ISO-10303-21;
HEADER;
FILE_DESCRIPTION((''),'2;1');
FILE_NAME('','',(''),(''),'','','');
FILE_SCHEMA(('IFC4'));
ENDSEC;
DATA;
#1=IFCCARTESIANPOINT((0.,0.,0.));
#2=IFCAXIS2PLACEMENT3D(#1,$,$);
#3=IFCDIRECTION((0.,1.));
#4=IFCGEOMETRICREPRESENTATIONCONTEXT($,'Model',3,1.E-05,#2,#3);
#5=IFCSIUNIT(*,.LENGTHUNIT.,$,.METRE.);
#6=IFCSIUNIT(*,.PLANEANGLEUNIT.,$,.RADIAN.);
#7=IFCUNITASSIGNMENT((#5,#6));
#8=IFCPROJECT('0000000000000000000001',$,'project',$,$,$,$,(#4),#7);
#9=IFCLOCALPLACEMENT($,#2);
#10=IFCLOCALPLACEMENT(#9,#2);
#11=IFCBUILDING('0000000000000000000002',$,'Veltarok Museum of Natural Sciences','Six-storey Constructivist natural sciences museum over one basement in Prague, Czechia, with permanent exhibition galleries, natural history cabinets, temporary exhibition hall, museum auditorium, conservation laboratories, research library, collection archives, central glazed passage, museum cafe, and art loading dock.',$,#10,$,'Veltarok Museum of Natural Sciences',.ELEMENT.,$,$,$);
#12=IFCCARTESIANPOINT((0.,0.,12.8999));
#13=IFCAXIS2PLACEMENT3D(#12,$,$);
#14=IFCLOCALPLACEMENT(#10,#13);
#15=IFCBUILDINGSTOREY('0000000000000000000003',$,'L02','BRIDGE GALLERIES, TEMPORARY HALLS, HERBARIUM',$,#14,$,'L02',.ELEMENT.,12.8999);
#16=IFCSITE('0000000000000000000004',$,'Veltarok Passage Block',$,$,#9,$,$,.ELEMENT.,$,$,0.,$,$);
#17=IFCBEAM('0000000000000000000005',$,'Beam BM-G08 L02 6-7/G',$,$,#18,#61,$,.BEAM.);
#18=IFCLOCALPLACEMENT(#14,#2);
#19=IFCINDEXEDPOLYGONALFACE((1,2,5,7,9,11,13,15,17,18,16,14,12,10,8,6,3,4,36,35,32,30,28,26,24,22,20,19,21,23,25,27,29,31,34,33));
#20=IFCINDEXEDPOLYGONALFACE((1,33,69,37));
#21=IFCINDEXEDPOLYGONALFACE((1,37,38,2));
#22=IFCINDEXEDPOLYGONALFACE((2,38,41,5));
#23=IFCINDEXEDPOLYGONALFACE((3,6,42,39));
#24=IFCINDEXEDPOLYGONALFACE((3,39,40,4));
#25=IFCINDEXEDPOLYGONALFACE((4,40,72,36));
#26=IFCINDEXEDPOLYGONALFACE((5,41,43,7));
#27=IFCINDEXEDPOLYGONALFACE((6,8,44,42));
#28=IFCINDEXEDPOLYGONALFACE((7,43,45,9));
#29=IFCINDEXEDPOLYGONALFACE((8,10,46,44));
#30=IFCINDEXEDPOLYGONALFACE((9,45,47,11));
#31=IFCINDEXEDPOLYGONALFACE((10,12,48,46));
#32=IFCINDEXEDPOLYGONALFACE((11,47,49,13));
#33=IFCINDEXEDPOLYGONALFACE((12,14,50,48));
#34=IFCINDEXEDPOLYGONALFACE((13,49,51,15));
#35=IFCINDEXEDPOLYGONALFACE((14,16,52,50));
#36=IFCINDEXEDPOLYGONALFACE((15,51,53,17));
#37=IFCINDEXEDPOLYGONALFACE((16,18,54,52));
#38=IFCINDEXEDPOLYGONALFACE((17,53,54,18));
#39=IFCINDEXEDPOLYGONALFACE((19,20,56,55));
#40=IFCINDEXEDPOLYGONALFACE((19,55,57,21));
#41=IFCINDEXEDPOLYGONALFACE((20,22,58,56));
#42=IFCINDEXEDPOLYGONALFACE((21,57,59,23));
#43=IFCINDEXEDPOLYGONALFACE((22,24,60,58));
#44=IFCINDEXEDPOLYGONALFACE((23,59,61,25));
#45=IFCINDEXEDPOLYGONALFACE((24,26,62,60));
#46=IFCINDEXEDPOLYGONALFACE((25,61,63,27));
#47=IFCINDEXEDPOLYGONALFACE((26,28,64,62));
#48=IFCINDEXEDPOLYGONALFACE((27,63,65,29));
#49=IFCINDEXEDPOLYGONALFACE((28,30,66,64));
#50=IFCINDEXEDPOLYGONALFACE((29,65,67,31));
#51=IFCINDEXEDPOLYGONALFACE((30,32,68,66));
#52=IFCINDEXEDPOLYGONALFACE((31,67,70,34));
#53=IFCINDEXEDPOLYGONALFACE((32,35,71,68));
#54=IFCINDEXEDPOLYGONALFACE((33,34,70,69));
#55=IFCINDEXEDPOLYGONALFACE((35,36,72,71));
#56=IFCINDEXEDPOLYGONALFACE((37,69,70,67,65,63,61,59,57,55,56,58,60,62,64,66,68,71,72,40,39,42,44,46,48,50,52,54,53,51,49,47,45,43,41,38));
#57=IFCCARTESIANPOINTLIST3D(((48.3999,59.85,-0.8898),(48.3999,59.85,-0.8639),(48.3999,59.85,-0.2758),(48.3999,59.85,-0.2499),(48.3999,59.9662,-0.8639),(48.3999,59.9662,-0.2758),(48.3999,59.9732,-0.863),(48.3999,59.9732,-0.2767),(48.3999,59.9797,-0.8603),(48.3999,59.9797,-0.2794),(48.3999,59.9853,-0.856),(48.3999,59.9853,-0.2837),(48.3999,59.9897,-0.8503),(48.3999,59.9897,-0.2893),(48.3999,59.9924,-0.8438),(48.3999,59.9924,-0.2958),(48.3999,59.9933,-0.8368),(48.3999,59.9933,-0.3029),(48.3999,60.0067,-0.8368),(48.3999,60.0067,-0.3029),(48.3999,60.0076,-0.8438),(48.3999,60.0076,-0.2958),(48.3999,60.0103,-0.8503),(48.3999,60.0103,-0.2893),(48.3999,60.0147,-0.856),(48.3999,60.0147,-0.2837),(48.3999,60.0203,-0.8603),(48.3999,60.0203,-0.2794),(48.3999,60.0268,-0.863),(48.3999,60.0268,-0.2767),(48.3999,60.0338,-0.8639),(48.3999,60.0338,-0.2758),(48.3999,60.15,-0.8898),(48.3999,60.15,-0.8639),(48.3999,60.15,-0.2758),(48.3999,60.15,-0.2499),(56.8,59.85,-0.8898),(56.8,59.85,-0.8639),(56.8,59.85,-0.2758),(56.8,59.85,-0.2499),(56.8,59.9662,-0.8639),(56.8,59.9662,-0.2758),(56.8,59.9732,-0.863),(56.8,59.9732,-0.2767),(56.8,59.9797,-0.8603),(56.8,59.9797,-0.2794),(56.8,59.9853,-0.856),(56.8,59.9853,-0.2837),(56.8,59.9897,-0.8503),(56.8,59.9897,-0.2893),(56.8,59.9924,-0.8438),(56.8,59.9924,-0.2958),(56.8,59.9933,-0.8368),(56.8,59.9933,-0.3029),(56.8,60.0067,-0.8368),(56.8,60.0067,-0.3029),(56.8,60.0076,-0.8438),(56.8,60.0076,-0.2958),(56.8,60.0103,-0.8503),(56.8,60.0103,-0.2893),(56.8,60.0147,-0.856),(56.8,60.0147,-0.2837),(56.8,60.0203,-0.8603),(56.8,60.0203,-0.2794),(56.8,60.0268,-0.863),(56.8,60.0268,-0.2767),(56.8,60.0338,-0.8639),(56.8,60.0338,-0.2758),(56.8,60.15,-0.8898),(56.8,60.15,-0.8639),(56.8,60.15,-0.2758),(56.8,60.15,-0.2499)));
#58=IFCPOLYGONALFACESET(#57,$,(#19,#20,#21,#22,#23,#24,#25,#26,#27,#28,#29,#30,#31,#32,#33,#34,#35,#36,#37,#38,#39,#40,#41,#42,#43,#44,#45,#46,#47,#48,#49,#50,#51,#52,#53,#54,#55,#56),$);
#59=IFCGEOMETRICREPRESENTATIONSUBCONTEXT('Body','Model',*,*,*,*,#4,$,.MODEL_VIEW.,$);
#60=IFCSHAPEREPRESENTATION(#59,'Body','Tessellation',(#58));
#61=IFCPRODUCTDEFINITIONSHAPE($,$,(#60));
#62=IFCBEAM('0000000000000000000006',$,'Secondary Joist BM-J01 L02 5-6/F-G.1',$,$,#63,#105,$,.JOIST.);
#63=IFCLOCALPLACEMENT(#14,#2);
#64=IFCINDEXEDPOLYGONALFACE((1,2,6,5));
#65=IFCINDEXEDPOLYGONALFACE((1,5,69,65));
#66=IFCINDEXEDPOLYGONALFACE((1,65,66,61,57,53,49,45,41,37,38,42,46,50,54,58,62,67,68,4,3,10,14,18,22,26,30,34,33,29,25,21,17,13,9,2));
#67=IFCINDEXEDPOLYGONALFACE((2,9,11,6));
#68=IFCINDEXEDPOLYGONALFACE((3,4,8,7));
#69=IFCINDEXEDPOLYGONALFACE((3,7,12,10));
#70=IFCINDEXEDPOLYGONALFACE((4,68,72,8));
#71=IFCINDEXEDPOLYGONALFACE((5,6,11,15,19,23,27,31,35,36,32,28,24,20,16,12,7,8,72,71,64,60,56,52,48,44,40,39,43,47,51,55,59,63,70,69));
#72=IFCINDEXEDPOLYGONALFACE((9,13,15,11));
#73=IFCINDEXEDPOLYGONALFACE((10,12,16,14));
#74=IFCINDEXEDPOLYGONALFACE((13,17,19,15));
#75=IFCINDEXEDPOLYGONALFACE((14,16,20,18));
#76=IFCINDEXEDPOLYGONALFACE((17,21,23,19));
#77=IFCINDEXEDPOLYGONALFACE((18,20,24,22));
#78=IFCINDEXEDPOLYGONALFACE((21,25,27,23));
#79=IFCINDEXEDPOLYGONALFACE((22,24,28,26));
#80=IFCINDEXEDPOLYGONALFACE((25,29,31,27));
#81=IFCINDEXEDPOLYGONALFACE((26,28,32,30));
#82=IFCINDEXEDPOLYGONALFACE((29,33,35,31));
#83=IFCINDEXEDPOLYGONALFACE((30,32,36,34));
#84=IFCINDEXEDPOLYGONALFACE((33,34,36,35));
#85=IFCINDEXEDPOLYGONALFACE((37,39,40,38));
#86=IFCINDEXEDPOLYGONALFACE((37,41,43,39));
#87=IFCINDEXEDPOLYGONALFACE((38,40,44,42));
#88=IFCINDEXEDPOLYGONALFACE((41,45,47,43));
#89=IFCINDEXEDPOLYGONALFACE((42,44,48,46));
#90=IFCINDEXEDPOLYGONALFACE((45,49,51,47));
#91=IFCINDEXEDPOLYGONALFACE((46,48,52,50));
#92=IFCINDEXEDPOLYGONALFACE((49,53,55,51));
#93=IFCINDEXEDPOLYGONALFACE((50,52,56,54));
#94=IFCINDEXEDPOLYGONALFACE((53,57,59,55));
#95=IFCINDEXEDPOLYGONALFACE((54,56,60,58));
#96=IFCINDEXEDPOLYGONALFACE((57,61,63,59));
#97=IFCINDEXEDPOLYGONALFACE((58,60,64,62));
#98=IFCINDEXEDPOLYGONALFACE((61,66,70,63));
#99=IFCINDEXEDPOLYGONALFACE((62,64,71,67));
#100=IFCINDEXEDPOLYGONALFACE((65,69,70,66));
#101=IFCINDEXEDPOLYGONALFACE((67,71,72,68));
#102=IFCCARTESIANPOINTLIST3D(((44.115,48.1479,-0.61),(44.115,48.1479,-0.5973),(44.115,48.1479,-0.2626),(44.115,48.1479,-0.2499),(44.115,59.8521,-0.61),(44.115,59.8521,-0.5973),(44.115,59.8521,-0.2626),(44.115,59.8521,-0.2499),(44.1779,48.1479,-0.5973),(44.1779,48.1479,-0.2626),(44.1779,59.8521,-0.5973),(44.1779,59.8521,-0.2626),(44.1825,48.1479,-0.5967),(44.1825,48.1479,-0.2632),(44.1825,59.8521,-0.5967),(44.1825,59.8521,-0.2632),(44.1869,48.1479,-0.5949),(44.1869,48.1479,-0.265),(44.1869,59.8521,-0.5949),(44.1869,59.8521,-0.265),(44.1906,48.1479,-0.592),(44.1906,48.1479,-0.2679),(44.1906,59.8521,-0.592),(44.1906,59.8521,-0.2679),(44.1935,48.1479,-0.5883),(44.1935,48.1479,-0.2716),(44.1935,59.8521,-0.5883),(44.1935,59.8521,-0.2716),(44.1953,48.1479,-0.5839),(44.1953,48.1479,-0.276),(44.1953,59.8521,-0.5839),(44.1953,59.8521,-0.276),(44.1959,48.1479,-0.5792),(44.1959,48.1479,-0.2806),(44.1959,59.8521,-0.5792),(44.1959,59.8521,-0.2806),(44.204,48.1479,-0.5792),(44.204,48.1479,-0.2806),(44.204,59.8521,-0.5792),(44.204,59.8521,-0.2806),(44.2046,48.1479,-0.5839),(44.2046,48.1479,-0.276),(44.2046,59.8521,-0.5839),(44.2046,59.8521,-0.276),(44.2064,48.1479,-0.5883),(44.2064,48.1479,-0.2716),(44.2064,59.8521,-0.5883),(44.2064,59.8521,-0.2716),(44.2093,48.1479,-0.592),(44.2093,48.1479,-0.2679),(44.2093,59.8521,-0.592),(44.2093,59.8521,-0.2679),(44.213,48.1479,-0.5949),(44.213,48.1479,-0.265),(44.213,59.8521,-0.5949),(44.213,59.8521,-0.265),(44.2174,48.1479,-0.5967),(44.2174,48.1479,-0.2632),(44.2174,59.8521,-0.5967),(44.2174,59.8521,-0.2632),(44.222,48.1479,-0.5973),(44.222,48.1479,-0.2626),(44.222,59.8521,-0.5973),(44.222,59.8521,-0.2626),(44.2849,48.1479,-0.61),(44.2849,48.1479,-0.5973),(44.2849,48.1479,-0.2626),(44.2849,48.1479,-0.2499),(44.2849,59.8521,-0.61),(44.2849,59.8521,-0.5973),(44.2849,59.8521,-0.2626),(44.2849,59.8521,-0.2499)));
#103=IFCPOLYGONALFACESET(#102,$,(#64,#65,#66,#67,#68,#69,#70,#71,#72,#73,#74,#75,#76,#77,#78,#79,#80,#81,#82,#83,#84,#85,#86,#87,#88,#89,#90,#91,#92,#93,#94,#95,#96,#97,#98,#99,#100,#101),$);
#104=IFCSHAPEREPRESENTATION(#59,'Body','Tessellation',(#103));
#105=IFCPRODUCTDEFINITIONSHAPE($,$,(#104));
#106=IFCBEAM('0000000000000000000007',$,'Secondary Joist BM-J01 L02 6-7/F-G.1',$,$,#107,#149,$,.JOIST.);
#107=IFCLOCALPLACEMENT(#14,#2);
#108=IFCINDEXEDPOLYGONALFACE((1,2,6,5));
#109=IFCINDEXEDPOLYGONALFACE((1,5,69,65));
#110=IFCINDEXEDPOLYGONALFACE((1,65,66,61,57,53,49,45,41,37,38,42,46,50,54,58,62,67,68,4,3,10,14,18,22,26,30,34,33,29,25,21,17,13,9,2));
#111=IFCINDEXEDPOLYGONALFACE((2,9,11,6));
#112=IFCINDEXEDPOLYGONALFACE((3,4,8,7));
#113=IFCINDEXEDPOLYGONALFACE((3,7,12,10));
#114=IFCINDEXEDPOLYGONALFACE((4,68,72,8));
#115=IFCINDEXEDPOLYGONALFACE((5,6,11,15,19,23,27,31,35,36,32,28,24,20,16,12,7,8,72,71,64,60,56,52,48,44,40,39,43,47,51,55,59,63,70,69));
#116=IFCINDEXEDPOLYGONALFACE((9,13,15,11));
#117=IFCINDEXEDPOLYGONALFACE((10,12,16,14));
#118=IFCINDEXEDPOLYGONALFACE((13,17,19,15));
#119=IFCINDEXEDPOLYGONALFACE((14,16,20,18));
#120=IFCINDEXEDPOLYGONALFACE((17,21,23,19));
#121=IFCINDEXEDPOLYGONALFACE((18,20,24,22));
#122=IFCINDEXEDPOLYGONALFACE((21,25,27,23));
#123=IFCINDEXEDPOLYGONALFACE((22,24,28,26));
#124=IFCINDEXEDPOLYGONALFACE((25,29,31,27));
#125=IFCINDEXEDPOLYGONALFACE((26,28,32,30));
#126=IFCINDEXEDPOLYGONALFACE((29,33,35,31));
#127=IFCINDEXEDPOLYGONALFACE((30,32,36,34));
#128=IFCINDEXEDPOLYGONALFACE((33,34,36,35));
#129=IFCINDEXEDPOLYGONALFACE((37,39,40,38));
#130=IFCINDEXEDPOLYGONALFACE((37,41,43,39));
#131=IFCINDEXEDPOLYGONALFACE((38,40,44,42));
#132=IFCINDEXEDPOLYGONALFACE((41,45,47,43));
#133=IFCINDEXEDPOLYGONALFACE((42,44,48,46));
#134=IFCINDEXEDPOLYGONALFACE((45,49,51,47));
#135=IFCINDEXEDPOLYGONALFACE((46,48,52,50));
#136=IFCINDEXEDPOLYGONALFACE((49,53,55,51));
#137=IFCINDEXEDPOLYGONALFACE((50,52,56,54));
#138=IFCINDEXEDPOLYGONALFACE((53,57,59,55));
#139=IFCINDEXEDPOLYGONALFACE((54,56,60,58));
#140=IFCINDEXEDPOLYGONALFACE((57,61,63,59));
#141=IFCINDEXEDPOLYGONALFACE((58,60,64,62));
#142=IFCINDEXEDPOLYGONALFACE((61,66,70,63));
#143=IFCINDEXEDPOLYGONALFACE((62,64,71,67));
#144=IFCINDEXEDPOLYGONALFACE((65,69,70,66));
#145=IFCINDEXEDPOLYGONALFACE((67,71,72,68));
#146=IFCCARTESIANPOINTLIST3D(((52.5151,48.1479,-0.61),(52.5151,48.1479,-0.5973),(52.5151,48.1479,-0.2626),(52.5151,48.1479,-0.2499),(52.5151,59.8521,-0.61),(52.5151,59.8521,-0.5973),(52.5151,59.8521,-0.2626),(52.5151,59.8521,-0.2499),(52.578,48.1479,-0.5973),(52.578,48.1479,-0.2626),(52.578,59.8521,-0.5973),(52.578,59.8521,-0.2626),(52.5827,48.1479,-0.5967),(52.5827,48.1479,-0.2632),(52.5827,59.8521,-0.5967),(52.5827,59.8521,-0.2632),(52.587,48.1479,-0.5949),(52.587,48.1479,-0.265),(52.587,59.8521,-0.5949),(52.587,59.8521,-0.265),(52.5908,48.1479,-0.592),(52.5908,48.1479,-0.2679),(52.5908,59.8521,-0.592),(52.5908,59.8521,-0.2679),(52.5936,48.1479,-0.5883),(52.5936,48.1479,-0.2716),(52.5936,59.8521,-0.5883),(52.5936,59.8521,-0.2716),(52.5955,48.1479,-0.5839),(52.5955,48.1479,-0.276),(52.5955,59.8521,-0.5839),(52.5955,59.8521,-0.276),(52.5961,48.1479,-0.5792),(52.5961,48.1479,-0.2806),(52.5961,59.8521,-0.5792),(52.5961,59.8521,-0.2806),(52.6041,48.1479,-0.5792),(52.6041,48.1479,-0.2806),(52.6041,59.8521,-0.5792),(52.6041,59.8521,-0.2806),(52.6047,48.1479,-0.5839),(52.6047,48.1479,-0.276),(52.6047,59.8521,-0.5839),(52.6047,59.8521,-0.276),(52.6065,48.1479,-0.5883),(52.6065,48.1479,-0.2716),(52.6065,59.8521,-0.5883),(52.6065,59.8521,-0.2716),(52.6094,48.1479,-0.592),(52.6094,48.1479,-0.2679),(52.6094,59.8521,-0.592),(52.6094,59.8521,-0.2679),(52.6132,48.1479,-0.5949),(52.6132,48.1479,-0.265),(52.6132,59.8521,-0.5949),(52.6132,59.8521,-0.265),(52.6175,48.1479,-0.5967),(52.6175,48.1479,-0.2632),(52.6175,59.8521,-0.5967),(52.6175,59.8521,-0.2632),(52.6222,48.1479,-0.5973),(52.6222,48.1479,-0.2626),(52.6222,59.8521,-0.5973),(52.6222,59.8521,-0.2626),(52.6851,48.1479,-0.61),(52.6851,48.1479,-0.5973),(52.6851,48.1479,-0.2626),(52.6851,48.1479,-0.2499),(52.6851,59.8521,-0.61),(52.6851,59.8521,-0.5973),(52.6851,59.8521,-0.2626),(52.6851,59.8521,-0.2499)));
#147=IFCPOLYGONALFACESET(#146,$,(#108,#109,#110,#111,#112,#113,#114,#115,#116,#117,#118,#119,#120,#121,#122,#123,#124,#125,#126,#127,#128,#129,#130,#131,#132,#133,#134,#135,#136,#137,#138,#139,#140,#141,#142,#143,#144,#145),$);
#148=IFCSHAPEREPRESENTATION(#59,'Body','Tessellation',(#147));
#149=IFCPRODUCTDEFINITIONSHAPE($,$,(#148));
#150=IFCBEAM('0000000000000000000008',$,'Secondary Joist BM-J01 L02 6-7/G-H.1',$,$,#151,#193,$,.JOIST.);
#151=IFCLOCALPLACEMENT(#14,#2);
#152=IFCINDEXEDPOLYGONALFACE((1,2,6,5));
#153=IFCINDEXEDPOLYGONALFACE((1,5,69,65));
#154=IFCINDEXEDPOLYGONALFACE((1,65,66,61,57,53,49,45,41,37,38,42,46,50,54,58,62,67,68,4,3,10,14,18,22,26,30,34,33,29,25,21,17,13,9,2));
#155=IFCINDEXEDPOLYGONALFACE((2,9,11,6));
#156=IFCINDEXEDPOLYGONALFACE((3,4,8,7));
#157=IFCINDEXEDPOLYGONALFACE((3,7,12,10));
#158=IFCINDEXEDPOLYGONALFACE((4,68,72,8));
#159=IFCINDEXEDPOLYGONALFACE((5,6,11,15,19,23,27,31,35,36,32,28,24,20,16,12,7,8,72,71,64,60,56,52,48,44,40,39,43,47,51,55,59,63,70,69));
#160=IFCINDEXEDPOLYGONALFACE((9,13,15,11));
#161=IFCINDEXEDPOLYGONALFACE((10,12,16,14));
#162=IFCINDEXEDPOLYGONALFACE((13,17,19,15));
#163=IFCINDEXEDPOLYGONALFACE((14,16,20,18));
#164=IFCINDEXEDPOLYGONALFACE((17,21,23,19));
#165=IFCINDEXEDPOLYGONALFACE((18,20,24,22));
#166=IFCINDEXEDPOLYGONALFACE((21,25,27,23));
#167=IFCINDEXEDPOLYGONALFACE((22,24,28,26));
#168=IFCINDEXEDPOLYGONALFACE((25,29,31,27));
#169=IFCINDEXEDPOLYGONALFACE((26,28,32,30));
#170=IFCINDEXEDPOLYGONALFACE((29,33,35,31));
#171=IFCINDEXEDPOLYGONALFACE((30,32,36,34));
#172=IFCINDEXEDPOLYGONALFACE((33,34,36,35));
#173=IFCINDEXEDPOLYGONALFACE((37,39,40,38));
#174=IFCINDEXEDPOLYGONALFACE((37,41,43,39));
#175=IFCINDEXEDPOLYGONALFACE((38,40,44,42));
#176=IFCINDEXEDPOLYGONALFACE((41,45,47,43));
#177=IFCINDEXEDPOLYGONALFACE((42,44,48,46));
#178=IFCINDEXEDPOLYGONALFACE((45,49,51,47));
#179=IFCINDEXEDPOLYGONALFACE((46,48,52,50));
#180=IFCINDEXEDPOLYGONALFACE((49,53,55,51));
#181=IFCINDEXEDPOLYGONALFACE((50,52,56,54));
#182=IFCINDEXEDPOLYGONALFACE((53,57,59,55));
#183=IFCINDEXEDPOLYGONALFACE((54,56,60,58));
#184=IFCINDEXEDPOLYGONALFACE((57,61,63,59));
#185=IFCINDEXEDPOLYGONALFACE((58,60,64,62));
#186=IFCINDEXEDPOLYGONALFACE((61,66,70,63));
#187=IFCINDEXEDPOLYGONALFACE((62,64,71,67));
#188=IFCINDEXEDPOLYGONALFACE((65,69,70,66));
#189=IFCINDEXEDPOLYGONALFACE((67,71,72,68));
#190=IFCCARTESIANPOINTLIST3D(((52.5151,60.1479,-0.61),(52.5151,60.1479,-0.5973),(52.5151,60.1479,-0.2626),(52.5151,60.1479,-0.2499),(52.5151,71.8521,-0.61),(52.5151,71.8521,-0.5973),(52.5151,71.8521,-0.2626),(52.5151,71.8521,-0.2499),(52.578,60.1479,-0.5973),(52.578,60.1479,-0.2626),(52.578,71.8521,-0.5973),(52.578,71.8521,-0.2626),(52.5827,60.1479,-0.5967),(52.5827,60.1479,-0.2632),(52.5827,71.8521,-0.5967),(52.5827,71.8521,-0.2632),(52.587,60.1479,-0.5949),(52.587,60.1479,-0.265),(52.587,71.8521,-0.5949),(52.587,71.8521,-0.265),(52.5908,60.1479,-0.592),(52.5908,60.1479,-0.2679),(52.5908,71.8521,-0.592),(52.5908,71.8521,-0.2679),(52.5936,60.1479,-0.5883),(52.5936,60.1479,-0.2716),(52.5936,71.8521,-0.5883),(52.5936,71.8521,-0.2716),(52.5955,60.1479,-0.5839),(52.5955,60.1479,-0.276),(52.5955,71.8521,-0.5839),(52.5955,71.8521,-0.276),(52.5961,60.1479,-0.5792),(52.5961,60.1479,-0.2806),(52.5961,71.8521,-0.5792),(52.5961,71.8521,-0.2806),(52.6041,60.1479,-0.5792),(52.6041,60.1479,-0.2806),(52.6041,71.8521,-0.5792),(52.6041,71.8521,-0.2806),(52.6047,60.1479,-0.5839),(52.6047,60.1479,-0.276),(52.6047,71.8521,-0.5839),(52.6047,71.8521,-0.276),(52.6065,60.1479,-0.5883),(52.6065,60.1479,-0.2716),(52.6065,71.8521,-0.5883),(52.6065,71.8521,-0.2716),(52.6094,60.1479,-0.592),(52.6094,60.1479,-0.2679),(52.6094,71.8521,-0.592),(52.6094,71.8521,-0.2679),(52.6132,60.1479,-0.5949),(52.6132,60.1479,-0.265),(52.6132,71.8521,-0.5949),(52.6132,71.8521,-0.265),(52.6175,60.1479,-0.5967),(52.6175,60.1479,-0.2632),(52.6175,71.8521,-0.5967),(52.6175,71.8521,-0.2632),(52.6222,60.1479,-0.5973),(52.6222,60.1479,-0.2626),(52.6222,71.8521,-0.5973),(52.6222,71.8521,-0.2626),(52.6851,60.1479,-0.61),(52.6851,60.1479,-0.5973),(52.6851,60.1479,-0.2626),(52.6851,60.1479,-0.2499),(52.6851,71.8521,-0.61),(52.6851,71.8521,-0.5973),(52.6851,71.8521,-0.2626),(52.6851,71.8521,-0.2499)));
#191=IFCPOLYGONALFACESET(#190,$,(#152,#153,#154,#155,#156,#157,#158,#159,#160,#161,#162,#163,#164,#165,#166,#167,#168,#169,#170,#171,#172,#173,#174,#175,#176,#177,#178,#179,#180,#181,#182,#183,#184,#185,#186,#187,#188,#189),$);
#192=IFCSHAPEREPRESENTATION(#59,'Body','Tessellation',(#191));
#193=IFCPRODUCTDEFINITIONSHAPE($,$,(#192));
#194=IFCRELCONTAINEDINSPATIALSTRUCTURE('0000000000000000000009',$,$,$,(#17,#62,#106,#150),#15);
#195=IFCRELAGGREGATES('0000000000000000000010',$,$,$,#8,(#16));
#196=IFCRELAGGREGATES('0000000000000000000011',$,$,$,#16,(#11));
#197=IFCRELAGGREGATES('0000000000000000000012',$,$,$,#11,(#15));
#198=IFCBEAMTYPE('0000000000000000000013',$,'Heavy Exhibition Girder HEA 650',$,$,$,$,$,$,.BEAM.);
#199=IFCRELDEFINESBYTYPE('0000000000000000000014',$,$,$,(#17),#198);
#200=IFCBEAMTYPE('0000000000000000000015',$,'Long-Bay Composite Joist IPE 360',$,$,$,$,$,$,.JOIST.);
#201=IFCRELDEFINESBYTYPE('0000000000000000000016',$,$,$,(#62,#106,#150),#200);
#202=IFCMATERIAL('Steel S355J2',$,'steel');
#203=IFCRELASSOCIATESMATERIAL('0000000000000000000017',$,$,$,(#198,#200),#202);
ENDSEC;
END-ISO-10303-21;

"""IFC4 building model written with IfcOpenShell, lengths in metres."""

from ifc_helpers import new_model, si_unit, direction, frame, origin, origin_2d, place, context, subcontext, project, spatial, i_section, extrude, material, material_profile, profile_set, type_object, element, save


model = new_model("IFC4")

# Units and contexts
model_context = context("Model", 3, precision=1e-05, world=origin(), true_north=direction((0.0, 1.0)))
body_context = subcontext(model_context, "Body", "Model", "MODEL_VIEW")
ifc_project = project(units=[si_unit("LENGTHUNIT", "METRE"), si_unit("PLANEANGLEUNIT", "RADIAN")], contexts=[model_context])

# Site, building, storey
site_placement = place(None, origin())
site = spatial("IfcSite", under=ifc_project, at=site_placement, Name="Veltarok Passage Block", CompositionType="ELEMENT", RefElevation=0.0)
building_placement = place(site_placement, origin())
building = spatial("IfcBuilding", under=site, at=building_placement, Name="Veltarok Museum of Natural Sciences", Description="Six-storey Constructivist natural sciences museum over one basement in Prague, Czechia, with permanent exhibition galleries, natural history cabinets, temporary exhibition hall, museum auditorium, conservation laboratories, research library, collection archives, central glazed passage, museum cafe, and art loading dock.", LongName="Veltarok Museum of Natural Sciences", CompositionType="ELEMENT")
storey_placement = place(building_placement, frame((0.0, 0.0, 12.8999)))
storey = spatial("IfcBuildingStorey", under=building, at=storey_placement, Name="L02", Description="BRIDGE GALLERIES, TEMPORARY HALLS, HERBARIUM", LongName="L02", CompositionType="ELEMENT", Elevation=12.8999)

# Shared definitions
ifc_material_1 = material(Name="Steel S355J2", Category="steel")

# Beams
ifc_material_profile_1 = material_profile(ifc_material_1, i_section(OverallWidth=0.3, OverallDepth=0.6399, WebThickness=0.0134, FlangeThickness=0.0259, FilletRadius=0.0271, at=origin_2d()), Name="HEA 650")
ifc_profile_set_1 = profile_set([ifc_material_profile_1], Name="Steel S355J2")
beam_type_1 = type_object("IfcBeamType", Name="Heavy Exhibition Girder HEA 650", PredefinedType="BEAM", material=ifc_profile_set_1)
for number, where, z_axis, x_axis, name in (
    (1, (48.3999, 60.0, -0.5698), (1.0, 0.0, 0.0), (0.0, 1.0, 0.0), "Beam BM-G08 L02 6-7/G"),
):
    element("IfcBeam", number, at=place(storey_placement, frame(where, z_axis=z_axis, x_axis=x_axis)), inside=storey, type_object=beam_type_1, Name=name, PredefinedType="BEAM", context=body_context, shape_type="SweptSolid", body=[
        extrude(i_section(OverallWidth=0.3, OverallDepth=0.6399, WebThickness=0.0134, FlangeThickness=0.0259, FilletRadius=0.0271, at=origin_2d()), origin(), (0.0, 0.0, 1.0), 8.4001),
    ])
ifc_material_profile_2 = material_profile(ifc_material_1, i_section(OverallWidth=0.1699, OverallDepth=0.3601, WebThickness=0.0081, FlangeThickness=0.0127, FilletRadius=0.0181, at=origin_2d()), Name="IPE 360")
ifc_profile_set_2 = profile_set([ifc_material_profile_2], Name="Steel S355J2")
beam_type_2 = type_object("IfcBeamType", Name="Long-Bay Composite Joist IPE 360", PredefinedType="JOIST", material=ifc_profile_set_2)
for number, where, z_axis, x_axis, name in (
    (2, (44.2, 48.1479, -0.4299), (0.0, 1.0, 0.0), (-1.0, 0.0, 0.0), "Secondary Joist BM-J01 L02 5-6/F-G.1"),
    (3, (52.6001, 48.1479, -0.4299), (0.0, 1.0, 0.0), (-1.0, 0.0, 0.0), "Secondary Joist BM-J01 L02 6-7/F-G.1"),
    (4, (52.6001, 60.1479, -0.4299), (0.0, 1.0, 0.0), (-1.0, 0.0, 0.0), "Secondary Joist BM-J01 L02 6-7/G-H.1"),
):
    element("IfcBeam", number, at=place(storey_placement, frame(where, z_axis=z_axis, x_axis=x_axis)), inside=storey, type_object=beam_type_2, Name=name, PredefinedType="JOIST", context=body_context, shape_type="SweptSolid", body=[
        extrude(i_section(OverallWidth=0.1699, OverallDepth=0.3601, WebThickness=0.0081, FlangeThickness=0.0127, FilletRadius=0.0181, at=origin_2d()), origin(), (0.0, 0.0, 1.0), 11.7041),
    ])

save(model, "model.ifc")
